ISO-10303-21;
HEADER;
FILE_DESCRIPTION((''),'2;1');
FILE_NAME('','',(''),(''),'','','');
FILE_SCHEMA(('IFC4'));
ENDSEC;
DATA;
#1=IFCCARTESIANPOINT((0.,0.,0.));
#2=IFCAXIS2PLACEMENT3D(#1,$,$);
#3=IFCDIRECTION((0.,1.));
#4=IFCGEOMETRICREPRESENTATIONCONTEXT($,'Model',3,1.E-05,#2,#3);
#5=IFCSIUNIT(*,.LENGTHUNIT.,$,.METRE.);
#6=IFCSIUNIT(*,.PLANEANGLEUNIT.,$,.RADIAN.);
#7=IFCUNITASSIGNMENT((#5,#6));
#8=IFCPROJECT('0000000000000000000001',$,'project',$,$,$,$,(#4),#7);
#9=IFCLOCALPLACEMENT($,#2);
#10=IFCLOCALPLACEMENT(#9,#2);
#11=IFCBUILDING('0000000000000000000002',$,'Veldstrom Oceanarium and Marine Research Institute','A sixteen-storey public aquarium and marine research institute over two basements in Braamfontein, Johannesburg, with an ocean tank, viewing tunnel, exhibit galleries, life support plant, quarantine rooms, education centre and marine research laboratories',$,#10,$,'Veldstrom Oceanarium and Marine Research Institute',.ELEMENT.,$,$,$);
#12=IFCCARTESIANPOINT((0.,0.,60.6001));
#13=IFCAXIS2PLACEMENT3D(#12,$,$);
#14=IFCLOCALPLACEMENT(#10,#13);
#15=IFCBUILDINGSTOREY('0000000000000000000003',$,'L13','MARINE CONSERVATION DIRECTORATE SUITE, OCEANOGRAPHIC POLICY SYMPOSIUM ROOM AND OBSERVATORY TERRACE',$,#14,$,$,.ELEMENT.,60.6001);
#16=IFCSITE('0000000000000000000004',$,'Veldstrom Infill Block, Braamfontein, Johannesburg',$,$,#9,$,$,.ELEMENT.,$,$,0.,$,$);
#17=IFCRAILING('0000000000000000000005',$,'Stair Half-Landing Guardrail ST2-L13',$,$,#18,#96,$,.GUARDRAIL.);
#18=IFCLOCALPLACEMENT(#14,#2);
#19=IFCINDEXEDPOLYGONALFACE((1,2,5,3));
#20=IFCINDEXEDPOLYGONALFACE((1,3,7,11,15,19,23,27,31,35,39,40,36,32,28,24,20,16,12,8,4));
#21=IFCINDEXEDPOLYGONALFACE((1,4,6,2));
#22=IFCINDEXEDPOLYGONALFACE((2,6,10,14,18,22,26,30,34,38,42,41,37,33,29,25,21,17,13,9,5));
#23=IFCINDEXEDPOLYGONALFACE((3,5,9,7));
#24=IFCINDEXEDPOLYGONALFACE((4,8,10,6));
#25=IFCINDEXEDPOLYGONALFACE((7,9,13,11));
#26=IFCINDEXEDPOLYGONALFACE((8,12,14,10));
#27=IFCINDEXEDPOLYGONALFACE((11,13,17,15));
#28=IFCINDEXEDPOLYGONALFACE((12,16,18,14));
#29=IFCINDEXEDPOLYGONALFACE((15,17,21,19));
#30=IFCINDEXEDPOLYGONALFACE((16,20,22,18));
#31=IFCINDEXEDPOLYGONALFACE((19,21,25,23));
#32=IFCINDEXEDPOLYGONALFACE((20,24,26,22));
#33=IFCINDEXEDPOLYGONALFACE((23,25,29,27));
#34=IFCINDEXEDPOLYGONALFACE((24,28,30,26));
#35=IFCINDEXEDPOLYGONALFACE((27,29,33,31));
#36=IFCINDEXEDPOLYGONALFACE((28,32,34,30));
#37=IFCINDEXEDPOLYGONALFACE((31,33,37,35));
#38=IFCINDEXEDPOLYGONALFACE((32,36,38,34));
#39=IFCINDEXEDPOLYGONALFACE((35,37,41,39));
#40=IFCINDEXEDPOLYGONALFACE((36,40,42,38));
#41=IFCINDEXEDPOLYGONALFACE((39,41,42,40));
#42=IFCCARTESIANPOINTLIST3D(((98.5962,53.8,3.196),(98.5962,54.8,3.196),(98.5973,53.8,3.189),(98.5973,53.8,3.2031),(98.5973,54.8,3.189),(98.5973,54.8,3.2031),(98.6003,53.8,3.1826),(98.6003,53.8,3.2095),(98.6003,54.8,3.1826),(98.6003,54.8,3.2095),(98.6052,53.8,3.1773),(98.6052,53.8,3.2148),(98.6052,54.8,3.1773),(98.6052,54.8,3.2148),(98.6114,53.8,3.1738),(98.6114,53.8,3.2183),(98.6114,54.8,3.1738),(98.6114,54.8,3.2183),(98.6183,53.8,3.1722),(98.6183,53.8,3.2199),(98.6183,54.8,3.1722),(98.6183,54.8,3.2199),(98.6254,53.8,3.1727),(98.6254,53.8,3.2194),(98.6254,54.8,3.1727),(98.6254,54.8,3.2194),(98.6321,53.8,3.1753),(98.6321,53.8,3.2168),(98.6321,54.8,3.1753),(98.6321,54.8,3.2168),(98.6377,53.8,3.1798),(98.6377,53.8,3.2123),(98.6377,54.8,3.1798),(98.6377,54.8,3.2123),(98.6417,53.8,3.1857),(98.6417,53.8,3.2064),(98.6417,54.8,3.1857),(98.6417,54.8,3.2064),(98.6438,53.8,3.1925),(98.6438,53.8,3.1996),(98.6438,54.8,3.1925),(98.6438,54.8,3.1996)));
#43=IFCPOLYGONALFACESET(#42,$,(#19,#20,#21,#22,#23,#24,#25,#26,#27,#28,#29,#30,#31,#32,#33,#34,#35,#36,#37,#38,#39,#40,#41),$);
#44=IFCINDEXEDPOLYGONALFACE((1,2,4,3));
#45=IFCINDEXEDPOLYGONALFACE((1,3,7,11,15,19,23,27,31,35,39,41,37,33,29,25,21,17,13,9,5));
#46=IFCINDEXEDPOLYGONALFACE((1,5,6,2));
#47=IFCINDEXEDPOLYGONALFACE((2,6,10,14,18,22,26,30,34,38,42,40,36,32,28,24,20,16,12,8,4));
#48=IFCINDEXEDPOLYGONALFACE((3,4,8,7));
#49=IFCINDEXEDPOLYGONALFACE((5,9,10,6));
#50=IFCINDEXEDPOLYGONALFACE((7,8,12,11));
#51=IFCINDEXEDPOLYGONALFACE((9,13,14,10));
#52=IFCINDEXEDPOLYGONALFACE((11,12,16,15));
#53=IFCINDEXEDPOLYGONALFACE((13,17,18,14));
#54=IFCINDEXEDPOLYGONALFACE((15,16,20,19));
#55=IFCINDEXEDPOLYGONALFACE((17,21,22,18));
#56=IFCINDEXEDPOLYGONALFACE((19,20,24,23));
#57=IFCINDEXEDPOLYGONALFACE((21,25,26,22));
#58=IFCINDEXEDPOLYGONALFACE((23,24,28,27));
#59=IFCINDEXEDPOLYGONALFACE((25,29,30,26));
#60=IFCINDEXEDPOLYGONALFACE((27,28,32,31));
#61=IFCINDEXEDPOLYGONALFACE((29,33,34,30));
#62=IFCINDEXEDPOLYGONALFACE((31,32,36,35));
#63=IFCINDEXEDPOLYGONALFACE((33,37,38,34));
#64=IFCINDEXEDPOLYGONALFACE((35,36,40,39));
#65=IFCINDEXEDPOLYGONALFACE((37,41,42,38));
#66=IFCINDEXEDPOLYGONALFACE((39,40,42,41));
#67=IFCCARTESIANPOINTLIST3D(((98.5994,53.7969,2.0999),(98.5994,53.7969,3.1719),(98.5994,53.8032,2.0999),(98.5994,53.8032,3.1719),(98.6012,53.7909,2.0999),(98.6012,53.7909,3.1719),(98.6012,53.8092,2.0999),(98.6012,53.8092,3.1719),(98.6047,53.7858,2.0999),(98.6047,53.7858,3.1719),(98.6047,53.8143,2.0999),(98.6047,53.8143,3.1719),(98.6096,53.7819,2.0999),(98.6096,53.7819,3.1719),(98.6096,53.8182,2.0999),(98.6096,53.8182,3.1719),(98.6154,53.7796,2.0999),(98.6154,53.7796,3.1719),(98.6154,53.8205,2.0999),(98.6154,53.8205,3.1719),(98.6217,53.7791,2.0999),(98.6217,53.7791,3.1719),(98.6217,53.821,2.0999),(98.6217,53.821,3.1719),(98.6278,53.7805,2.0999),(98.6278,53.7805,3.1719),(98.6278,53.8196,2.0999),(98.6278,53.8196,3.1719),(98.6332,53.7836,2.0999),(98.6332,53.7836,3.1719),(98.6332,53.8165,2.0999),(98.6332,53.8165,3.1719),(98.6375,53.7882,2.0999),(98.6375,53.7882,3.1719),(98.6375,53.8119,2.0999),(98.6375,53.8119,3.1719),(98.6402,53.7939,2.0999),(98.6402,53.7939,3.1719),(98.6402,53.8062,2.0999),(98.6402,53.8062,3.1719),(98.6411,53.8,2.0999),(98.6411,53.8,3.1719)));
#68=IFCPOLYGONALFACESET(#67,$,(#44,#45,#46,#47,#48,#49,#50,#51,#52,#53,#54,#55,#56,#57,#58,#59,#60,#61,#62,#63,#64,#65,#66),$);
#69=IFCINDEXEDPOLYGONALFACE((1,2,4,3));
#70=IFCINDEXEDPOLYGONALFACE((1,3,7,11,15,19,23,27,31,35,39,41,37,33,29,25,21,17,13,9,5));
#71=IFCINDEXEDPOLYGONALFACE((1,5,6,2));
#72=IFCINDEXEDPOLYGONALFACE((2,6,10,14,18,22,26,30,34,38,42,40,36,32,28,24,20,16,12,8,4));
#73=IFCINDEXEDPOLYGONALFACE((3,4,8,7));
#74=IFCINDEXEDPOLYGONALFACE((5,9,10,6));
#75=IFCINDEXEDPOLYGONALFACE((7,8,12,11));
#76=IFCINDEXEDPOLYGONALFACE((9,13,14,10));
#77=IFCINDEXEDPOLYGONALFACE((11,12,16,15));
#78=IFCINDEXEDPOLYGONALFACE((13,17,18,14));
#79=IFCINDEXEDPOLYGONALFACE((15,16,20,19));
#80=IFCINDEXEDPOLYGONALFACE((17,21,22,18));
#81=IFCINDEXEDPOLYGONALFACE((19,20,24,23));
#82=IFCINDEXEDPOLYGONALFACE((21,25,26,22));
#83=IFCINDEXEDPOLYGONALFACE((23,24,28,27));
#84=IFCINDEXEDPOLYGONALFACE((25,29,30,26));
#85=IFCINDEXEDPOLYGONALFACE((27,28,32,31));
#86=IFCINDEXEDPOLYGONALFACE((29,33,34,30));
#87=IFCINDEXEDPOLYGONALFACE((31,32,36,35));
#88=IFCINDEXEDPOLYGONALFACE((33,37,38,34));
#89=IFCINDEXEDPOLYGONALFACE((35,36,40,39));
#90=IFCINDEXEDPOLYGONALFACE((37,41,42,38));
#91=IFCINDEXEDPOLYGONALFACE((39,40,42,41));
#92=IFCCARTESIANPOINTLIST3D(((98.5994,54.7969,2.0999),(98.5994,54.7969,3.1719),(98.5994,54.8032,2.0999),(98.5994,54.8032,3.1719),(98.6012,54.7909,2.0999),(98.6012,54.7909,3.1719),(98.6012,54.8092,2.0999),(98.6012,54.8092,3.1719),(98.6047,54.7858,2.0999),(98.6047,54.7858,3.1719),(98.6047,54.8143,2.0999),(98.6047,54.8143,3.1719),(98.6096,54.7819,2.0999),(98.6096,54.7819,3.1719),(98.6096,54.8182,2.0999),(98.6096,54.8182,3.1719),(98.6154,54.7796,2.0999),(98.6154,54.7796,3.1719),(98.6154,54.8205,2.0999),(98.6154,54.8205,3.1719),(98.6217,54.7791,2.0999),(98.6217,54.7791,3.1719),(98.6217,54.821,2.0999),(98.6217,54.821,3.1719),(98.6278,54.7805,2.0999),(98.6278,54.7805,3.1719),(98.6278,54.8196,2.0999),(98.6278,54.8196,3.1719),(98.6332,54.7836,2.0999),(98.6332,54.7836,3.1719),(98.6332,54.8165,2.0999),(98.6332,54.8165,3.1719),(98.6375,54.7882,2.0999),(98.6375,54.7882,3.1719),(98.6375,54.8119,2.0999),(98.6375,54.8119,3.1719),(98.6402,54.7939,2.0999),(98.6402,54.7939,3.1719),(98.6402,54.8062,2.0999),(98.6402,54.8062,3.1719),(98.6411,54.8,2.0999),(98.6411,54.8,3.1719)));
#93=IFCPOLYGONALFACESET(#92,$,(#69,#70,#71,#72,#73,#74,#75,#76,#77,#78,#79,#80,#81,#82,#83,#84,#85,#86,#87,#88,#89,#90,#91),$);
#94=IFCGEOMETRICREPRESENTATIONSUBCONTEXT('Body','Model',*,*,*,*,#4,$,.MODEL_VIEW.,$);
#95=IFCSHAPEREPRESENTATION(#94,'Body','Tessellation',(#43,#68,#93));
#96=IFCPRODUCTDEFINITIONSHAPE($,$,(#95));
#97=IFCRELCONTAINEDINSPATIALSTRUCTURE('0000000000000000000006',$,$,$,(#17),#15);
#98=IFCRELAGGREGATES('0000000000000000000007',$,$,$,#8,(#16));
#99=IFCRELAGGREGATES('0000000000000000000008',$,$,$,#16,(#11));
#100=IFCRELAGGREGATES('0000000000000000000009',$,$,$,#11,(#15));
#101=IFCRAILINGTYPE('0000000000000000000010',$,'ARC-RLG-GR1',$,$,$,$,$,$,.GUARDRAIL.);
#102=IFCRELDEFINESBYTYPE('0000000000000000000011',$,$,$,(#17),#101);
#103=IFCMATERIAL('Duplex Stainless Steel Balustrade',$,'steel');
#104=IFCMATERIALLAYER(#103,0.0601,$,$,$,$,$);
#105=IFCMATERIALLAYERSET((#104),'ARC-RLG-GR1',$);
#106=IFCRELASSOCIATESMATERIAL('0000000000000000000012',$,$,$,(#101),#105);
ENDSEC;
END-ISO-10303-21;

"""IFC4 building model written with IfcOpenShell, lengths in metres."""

from ifc_helpers import new_model, si_unit, direction, frame, origin, origin_2d, place, context, subcontext, project, spatial, circle, extrude, material, layer, layer_set, type_object, element, save


model = new_model("IFC4")

# Units and contexts
model_context = context("Model", 3, precision=1e-05, world=origin(), true_north=direction((0.0, 1.0)))
body_context = subcontext(model_context, "Body", "Model", "MODEL_VIEW")
ifc_project = project(units=[si_unit("LENGTHUNIT", "METRE"), si_unit("PLANEANGLEUNIT", "RADIAN")], contexts=[model_context])

# Site, building, storey
site_placement = place(None, origin())
site = spatial("IfcSite", under=ifc_project, at=site_placement, Name="Veldstrom Infill Block, Braamfontein, Johannesburg", CompositionType="ELEMENT", RefElevation=0.0)
building_placement = place(site_placement, origin())
building = spatial("IfcBuilding", under=site, at=building_placement, Name="Veldstrom Oceanarium and Marine Research Institute", Description="A sixteen-storey public aquarium and marine research institute over two basements in Braamfontein, Johannesburg, with an ocean tank, viewing tunnel, exhibit galleries, life support plant, quarantine rooms, education centre and marine research laboratories", LongName="Veldstrom Oceanarium and Marine Research Institute", CompositionType="ELEMENT")
storey_placement = place(building_placement, frame((0.0, 0.0, 60.6001)))
storey = spatial("IfcBuildingStorey", under=building, at=storey_placement, Name="L13", Description="MARINE CONSERVATION DIRECTORATE SUITE, OCEANOGRAPHIC POLICY SYMPOSIUM ROOM AND OBSERVATORY TERRACE", CompositionType="ELEMENT", Elevation=60.6001)

# Railing
ifc_material_1 = material(Name="Duplex Stainless Steel Balustrade", Category="steel")
ifc_layer_1 = layer(ifc_material_1, 0.0601)
ifc_layer_set_1 = layer_set([ifc_layer_1], Name="ARC-RLG-GR1")
railing_type_1 = type_object("IfcRailingType", Name="ARC-RLG-GR1", PredefinedType="GUARDRAIL", material=ifc_layer_set_1)
railing_1_placement = place(storey_placement, frame((98.6201, 53.8, 2.0999)))
element("IfcRailing", 1, at=railing_1_placement, inside=storey, type_object=railing_type_1, Name="Stair Half-Landing Guardrail ST2-L13", PredefinedType="GUARDRAIL", context=body_context, shape_type="SweptSolid", body=[
    extrude(circle(Radius=0.0239, at=origin_2d()), frame((0.0, 0.0, 1.0962), z_axis=(0.0, 1.0, 0.0), x_axis=(-1.0, 0.0, 0.0)), (0.0, 0.0, 1.0), 1.0),
    extrude(circle(Radius=0.021, at=origin_2d()), origin(), (0.0, 0.0, 1.0), 1.072),
    extrude(circle(Radius=0.021, at=origin_2d()), frame((0.0, 1.0, 0.0)), (0.0, 0.0, 1.0), 1.072),
])

save(model, "model.ifc")
